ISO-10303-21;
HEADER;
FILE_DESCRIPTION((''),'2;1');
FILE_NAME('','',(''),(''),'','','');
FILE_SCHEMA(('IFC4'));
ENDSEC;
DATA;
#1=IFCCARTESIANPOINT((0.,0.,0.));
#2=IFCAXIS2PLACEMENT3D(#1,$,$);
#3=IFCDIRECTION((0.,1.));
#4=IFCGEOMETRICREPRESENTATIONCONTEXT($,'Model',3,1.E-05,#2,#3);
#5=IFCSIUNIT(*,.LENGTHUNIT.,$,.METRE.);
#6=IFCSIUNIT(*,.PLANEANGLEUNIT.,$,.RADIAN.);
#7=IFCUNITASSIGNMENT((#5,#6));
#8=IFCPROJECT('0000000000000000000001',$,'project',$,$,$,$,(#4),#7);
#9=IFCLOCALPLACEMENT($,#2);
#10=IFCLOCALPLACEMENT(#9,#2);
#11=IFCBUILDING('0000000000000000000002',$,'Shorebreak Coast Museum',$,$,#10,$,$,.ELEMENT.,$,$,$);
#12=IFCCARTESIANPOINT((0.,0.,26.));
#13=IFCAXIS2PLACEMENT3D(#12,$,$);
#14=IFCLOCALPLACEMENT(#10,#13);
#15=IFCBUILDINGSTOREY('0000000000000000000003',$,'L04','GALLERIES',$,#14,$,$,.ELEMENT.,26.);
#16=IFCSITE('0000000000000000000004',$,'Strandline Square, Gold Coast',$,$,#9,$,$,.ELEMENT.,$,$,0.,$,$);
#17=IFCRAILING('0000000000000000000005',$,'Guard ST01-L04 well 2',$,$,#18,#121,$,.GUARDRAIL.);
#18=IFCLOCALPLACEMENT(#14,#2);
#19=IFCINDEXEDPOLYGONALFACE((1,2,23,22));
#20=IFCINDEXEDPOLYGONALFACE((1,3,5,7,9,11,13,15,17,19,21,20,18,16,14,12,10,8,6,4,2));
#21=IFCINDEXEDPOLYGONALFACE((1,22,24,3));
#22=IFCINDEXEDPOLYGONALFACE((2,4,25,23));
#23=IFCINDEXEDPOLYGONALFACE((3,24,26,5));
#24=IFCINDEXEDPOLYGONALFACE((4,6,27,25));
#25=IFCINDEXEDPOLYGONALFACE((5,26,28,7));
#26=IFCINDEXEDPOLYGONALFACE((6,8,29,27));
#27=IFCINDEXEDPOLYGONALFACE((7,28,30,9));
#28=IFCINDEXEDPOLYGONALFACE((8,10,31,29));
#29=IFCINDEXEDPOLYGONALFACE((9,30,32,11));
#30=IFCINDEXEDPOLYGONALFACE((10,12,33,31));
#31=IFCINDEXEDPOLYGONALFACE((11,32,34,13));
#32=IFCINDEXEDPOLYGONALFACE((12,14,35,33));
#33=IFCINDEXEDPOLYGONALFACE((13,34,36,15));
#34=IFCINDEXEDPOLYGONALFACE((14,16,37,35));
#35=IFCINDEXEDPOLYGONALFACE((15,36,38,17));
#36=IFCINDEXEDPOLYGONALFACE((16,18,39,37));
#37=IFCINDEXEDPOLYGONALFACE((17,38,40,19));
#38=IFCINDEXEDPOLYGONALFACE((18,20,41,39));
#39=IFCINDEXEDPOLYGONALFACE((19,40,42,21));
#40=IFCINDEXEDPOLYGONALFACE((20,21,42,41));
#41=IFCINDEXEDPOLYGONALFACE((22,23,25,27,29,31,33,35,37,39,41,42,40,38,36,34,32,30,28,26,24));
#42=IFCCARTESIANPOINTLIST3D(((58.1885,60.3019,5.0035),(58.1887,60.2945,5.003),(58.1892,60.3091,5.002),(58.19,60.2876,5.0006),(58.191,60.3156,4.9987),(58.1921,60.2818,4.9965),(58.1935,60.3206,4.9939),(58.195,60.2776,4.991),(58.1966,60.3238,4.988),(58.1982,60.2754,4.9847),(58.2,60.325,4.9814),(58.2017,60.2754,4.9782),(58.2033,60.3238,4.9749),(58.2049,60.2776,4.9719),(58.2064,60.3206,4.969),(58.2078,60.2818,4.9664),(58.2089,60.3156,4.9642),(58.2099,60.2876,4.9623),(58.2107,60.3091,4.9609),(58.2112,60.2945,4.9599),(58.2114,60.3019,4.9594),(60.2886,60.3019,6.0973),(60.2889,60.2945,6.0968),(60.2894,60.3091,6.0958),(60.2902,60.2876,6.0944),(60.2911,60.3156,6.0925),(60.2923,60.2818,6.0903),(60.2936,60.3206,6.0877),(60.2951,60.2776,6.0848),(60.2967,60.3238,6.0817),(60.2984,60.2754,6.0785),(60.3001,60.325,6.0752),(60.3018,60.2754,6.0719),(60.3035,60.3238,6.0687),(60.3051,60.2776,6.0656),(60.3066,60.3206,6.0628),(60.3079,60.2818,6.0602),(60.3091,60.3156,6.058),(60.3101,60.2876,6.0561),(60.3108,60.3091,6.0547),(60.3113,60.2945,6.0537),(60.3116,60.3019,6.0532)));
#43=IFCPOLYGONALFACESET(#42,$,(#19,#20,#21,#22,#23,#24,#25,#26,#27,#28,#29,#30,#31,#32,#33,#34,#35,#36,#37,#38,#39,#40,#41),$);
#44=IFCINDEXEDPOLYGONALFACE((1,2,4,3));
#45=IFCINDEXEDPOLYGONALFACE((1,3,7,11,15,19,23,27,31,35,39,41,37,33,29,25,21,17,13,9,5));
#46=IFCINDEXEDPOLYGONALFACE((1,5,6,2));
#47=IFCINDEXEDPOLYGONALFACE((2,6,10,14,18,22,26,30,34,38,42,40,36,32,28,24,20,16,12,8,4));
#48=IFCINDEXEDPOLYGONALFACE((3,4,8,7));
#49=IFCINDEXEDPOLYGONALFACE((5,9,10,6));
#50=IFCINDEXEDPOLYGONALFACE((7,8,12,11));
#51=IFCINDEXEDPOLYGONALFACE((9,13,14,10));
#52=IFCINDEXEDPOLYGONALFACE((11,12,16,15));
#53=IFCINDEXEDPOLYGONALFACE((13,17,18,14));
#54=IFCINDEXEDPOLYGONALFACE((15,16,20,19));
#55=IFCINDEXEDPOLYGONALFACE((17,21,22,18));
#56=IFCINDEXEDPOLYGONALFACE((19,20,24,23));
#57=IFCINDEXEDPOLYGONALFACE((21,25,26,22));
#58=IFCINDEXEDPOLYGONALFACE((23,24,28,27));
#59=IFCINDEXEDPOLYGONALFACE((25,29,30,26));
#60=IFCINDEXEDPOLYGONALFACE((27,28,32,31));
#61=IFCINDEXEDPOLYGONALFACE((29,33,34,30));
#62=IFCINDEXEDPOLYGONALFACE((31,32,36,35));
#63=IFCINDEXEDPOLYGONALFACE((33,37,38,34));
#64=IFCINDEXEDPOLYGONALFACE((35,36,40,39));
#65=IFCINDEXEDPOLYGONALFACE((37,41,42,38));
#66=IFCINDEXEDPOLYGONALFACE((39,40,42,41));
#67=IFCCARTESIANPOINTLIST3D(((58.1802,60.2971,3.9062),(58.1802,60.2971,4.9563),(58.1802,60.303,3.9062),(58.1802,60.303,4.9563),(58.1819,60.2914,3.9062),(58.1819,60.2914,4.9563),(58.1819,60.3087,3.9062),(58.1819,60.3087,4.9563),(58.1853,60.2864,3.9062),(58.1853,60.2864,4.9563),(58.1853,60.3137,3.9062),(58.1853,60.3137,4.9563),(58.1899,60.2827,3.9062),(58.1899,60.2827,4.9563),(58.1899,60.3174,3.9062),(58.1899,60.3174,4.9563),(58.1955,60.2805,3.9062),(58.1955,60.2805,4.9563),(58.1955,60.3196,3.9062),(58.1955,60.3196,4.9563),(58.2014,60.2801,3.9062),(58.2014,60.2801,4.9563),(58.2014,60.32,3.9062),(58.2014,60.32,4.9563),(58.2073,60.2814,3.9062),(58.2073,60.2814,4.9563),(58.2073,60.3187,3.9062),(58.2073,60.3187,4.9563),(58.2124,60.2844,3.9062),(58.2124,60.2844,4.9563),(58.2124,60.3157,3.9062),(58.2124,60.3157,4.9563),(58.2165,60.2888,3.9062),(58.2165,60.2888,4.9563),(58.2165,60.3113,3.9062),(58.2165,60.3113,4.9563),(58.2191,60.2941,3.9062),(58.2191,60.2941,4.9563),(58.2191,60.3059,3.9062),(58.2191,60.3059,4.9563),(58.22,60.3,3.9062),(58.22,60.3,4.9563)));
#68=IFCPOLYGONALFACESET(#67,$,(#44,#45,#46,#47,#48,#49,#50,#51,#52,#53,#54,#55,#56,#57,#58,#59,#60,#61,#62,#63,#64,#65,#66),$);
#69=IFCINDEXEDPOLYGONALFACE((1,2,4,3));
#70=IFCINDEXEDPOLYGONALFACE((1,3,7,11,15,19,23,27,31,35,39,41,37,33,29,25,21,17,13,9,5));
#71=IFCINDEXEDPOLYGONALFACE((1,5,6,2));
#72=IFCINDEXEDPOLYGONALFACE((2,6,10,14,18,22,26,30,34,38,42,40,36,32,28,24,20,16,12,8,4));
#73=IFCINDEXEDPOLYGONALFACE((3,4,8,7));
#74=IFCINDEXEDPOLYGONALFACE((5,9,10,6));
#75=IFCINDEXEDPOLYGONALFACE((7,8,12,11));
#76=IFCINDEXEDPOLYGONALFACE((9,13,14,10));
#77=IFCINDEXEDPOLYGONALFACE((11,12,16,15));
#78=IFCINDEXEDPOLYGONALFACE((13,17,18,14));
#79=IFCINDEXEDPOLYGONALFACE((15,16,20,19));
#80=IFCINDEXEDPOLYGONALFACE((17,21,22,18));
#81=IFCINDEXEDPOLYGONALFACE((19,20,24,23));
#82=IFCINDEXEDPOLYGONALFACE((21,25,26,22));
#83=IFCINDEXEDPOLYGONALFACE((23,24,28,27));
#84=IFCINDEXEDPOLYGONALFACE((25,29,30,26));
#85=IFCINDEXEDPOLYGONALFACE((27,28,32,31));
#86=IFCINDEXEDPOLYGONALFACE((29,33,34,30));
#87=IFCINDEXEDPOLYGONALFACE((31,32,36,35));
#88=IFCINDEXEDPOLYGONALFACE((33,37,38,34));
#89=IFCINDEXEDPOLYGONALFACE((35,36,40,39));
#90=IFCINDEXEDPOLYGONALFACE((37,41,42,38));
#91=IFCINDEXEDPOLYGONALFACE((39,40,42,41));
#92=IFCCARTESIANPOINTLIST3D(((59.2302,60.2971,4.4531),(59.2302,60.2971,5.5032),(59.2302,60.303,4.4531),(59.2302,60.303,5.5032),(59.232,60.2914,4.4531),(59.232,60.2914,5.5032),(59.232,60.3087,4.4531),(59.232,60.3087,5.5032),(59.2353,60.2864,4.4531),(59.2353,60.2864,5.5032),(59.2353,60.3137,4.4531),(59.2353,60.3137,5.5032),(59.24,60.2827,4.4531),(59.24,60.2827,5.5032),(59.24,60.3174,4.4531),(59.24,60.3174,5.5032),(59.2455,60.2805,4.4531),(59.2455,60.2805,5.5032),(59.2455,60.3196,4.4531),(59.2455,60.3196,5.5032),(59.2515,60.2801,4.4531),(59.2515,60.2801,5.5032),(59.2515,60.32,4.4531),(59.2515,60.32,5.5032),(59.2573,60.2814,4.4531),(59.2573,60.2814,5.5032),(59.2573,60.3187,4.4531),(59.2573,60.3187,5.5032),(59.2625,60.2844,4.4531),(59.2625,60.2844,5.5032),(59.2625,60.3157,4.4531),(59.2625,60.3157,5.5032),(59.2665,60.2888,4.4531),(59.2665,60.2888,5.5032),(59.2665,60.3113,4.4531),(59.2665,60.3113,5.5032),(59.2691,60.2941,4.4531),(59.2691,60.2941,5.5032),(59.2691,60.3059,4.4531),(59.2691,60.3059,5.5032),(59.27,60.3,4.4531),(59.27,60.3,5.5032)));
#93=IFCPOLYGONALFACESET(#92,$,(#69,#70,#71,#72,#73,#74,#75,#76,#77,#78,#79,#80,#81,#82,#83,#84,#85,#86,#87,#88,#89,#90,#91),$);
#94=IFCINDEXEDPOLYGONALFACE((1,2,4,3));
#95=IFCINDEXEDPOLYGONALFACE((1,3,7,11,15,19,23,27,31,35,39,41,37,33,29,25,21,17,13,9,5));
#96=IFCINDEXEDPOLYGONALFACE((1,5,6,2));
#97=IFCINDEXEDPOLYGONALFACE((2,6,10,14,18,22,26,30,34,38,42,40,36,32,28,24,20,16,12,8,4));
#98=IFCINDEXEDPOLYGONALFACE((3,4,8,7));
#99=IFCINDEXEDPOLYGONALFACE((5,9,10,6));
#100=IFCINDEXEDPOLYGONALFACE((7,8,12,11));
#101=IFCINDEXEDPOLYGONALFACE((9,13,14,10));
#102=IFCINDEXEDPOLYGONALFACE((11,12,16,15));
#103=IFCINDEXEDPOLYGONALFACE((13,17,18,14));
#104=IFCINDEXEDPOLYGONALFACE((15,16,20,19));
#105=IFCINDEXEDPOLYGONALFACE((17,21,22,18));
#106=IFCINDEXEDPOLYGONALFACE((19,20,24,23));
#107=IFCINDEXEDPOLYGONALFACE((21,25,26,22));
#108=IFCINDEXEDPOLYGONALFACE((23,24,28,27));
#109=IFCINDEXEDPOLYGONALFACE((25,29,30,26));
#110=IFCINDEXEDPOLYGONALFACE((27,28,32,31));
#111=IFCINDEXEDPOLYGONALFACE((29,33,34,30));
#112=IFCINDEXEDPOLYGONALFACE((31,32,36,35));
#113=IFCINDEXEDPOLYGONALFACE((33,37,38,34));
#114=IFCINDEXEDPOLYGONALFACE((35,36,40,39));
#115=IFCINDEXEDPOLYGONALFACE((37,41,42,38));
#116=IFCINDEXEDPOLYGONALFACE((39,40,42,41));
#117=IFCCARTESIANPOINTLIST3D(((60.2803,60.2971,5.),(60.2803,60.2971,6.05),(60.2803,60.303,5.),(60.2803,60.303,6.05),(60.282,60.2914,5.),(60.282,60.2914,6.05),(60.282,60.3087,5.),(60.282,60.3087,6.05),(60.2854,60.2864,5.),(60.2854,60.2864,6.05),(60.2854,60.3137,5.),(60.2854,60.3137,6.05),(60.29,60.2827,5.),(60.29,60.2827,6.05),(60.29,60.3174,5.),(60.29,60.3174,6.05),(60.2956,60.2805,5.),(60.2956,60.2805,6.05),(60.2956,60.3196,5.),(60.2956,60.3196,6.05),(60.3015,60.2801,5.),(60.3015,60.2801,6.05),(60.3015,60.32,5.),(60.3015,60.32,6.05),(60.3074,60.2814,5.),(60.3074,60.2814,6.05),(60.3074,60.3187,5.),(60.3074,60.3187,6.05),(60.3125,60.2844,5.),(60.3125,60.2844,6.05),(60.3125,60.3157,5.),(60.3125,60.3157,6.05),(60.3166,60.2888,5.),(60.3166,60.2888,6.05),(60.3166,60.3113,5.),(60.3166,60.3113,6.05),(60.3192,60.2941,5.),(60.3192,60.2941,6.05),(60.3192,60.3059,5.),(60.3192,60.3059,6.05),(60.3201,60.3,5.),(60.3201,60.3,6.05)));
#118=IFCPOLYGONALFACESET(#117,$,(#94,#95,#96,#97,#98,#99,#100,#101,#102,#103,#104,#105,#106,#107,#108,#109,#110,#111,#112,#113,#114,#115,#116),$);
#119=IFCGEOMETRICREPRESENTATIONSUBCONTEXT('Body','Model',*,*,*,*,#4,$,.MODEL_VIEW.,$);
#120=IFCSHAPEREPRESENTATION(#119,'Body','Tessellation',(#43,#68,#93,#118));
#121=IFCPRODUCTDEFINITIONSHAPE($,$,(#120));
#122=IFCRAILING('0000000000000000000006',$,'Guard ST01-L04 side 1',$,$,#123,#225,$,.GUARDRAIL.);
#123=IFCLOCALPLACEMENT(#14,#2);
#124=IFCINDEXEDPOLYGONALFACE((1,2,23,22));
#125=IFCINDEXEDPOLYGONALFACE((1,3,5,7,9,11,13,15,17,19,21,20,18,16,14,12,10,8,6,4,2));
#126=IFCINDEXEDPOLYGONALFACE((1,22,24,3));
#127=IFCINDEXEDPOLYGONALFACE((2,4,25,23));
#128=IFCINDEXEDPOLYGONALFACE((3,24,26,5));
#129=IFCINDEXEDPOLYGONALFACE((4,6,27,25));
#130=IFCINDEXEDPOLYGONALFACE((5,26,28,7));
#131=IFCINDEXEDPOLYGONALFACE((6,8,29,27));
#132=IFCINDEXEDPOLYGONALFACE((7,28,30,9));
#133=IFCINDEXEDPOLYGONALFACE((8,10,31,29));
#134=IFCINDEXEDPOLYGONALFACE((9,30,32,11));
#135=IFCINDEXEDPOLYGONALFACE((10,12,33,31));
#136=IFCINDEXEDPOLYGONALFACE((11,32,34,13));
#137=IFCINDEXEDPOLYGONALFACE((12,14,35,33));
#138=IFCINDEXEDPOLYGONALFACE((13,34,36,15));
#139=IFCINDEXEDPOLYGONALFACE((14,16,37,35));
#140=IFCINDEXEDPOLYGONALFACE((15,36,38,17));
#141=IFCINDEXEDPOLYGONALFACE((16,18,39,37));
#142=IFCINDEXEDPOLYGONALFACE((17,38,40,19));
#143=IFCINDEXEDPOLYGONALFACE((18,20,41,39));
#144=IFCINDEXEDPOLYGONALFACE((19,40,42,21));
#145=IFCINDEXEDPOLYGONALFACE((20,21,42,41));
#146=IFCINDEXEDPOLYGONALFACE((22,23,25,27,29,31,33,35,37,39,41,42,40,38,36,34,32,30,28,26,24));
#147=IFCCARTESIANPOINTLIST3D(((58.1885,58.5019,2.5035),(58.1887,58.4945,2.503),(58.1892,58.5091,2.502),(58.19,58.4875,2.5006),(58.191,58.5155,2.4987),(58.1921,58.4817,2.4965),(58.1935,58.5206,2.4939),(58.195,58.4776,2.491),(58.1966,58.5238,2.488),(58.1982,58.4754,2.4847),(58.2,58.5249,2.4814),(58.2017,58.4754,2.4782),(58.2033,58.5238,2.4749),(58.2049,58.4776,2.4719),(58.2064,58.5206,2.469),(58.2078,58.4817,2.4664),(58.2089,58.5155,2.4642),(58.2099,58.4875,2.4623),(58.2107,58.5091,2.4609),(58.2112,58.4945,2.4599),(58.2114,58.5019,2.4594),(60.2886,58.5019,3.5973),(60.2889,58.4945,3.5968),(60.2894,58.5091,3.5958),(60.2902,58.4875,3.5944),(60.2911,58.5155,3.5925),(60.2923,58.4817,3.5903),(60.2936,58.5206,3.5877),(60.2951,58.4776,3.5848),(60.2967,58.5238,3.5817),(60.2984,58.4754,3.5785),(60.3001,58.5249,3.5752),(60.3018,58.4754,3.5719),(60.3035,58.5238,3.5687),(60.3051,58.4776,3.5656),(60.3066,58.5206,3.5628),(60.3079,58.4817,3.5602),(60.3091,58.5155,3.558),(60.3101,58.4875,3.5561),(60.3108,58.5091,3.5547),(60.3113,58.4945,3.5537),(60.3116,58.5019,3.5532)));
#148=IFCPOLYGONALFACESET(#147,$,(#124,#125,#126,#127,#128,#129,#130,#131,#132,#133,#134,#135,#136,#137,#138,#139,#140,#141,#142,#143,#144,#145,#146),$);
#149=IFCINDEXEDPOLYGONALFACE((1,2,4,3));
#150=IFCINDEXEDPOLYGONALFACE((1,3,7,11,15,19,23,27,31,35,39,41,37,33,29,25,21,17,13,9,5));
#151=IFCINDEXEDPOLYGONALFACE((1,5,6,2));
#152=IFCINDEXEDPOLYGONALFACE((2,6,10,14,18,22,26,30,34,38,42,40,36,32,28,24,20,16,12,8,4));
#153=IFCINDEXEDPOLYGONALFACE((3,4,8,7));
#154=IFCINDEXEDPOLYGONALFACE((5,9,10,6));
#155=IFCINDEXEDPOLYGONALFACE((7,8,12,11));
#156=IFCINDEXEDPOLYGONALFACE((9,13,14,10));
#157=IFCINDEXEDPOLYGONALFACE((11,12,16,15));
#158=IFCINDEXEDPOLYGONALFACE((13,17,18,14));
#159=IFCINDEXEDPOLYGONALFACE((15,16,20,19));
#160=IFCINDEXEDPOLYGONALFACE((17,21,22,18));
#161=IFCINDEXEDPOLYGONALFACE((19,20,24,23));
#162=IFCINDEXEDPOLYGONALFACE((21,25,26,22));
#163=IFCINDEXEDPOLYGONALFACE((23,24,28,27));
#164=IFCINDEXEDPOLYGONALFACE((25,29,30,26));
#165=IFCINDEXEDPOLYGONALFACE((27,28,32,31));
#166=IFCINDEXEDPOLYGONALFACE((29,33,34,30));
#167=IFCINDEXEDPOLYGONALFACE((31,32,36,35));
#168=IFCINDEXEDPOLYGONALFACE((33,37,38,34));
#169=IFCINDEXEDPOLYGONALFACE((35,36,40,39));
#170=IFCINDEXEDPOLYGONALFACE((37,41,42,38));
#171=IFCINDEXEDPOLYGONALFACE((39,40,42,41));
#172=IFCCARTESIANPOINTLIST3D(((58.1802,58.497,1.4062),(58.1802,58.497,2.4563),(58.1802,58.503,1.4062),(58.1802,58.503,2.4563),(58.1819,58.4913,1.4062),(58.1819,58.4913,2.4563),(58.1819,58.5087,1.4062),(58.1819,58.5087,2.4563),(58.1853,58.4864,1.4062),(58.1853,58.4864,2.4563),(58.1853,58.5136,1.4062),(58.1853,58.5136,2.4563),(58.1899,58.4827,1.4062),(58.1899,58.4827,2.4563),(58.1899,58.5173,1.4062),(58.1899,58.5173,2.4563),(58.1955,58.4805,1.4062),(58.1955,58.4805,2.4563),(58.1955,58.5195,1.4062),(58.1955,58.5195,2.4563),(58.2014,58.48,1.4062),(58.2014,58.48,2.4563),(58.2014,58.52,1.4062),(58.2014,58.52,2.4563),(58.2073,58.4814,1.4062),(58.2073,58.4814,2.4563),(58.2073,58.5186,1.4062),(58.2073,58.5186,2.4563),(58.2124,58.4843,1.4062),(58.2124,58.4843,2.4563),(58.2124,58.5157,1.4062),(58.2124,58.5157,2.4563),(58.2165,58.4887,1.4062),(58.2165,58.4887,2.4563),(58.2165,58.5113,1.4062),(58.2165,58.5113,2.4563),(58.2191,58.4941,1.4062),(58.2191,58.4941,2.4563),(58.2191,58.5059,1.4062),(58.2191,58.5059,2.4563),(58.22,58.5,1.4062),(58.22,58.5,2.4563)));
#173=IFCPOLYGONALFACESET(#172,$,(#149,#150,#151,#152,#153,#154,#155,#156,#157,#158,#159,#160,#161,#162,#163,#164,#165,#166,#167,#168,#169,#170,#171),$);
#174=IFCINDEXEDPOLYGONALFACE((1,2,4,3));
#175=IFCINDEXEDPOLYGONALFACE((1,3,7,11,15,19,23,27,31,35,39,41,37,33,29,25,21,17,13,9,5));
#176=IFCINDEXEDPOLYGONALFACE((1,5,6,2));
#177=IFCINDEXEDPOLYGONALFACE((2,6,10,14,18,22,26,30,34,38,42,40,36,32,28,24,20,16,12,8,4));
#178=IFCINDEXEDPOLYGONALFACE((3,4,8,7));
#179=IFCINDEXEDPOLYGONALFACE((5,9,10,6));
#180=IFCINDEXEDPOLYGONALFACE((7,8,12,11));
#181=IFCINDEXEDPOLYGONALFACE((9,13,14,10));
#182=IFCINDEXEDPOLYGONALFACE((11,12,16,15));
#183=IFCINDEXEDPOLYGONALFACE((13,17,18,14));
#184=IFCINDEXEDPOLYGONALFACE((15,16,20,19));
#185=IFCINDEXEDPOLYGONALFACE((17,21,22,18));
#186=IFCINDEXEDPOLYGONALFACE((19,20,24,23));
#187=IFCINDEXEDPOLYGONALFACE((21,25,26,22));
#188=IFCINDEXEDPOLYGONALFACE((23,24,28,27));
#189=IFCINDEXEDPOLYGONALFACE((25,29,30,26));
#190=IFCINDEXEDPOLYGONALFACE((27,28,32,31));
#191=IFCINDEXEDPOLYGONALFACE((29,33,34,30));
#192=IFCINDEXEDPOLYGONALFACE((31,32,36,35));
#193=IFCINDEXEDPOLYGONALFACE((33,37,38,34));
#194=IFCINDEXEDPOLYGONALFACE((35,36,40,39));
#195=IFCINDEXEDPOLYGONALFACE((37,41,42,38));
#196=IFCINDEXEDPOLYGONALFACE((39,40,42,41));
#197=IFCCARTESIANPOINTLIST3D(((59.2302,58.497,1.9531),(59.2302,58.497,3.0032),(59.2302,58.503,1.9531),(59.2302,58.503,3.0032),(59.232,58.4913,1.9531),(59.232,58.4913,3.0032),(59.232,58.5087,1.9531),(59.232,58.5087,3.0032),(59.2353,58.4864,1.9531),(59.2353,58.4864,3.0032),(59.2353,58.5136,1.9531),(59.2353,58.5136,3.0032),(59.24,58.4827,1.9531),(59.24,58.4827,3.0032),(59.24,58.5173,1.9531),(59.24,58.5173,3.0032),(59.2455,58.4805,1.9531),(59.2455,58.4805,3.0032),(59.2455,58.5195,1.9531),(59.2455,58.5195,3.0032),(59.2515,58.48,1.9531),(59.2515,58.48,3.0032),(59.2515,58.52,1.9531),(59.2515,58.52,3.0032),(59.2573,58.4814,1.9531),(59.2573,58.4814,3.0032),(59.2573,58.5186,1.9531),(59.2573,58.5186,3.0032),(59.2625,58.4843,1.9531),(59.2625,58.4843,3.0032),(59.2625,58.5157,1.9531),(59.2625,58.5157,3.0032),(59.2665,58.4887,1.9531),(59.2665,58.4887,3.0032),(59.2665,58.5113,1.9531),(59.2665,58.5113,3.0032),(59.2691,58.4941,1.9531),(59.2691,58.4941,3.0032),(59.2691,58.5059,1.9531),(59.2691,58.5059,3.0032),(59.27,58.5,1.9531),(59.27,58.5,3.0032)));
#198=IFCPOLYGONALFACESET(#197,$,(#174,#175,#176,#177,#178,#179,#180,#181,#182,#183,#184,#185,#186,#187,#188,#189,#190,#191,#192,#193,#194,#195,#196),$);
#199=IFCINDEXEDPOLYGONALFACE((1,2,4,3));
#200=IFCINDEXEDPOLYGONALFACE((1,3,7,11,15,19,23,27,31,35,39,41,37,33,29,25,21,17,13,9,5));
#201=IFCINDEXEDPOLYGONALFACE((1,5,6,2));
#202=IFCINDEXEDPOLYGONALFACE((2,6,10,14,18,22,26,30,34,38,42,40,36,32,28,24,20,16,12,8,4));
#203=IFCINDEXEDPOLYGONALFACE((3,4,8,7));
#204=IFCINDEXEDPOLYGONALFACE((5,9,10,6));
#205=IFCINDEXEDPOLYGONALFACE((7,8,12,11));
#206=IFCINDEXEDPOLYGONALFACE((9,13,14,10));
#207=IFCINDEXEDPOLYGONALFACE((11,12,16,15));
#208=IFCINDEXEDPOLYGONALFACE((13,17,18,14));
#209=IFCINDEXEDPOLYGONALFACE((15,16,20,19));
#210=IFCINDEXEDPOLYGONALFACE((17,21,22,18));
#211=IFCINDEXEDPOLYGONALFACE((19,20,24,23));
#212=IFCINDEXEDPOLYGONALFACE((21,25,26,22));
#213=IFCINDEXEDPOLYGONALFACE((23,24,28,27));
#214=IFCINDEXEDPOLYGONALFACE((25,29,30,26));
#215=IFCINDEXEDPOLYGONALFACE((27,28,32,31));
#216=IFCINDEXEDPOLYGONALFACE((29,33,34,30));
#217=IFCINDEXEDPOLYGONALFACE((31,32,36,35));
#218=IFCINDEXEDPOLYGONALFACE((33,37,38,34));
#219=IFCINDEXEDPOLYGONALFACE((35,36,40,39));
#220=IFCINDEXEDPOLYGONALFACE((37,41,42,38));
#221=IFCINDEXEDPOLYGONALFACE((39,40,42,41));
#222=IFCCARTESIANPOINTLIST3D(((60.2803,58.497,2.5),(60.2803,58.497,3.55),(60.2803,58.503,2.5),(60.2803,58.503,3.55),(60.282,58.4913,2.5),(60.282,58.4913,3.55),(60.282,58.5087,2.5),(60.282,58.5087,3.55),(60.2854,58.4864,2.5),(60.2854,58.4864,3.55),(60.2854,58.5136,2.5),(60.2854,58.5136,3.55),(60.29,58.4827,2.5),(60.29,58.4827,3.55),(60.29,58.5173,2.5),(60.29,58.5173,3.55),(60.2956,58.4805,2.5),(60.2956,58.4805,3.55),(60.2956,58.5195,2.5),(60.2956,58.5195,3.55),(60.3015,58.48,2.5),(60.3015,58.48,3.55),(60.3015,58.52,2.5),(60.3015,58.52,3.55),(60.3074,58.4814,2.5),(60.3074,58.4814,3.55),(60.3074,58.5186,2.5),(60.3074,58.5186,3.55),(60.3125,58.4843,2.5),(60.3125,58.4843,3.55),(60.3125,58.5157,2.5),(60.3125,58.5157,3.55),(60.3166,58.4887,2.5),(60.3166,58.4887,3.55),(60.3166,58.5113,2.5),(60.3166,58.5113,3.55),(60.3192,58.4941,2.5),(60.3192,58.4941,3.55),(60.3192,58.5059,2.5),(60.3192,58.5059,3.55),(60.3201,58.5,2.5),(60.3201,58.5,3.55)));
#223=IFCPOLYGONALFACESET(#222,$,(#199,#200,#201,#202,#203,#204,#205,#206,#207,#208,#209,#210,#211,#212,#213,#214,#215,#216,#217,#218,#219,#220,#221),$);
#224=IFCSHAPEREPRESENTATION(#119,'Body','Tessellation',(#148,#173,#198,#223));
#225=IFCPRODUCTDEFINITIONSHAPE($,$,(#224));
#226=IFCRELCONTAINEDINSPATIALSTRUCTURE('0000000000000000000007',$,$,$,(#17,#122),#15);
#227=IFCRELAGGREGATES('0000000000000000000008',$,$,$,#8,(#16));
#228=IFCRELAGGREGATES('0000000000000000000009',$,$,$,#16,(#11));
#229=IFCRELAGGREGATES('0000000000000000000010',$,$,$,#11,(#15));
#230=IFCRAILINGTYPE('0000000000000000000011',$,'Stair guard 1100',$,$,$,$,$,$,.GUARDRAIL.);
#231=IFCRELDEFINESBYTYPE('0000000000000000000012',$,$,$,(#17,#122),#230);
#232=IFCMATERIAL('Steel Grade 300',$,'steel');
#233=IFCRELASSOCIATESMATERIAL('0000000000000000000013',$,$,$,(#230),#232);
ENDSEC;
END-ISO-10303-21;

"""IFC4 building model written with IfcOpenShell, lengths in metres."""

from ifc_helpers import new_model, si_unit, direction, frame, origin, origin_2d, place, context, subcontext, project, spatial, circle, extrude, material, type_object, element, save


model = new_model("IFC4")

# Units and contexts
model_context = context("Model", 3, precision=1e-05, world=origin(), true_north=direction((0.0, 1.0)))
body_context = subcontext(model_context, "Body", "Model", "MODEL_VIEW")
ifc_project = project(units=[si_unit("LENGTHUNIT", "METRE"), si_unit("PLANEANGLEUNIT", "RADIAN")], contexts=[model_context])

# Site, building, storey
site_placement = place(None, origin())
site = spatial("IfcSite", under=ifc_project, at=site_placement, Name="Strandline Square, Gold Coast", CompositionType="ELEMENT", RefElevation=0.0)
building_placement = place(site_placement, origin())
building = spatial("IfcBuilding", under=site, at=building_placement, Name="Shorebreak Coast Museum", CompositionType="ELEMENT")
storey_placement = place(building_placement, frame((0.0, 0.0, 26.0)))
storey = spatial("IfcBuildingStorey", under=building, at=storey_placement, Name="L04", Description="GALLERIES", CompositionType="ELEMENT", Elevation=26.0)

# Railings
ifc_material_1 = material(Name="Steel Grade 300", Category="steel")
railing_type_1 = type_object("IfcRailingType", Name="Stair guard 1100", PredefinedType="GUARDRAIL", material=ifc_material_1)
for number, where, name in (
    (1, (58.2, 60.3, 3.9062), "Guard ST01-L04 well 2"),
    (2, (58.2, 58.5, 1.4062), "Guard ST01-L04 side 1"),
):
    element("IfcRailing", number, at=place(storey_placement, frame(where)), inside=storey, type_object=railing_type_1, Name=name, PredefinedType="GUARDRAIL", context=body_context, shape_type="SweptSolid", body=[
        extrude(circle(Radius=0.0249, at=origin_2d()), frame((0.0, 0.0, 1.0752), z_axis=(0.886923, 0.0, 0.461918), x_axis=(0.0, 1.0, 0.0)), (0.0, 0.0, 1.0), 2.3679),
        extrude(circle(Radius=0.02, at=origin_2d()), origin(), (0.0, 0.0, 1.0), 1.05),
        extrude(circle(Radius=0.02, at=origin_2d()), frame((1.05, 0.0, 0.5469)), (0.0, 0.0, 1.0), 1.05),
        extrude(circle(Radius=0.02, at=origin_2d()), frame((2.1001, 0.0, 1.0938)), (0.0, 0.0, 1.0), 1.05),
    ])

save(model, "model.ifc")
